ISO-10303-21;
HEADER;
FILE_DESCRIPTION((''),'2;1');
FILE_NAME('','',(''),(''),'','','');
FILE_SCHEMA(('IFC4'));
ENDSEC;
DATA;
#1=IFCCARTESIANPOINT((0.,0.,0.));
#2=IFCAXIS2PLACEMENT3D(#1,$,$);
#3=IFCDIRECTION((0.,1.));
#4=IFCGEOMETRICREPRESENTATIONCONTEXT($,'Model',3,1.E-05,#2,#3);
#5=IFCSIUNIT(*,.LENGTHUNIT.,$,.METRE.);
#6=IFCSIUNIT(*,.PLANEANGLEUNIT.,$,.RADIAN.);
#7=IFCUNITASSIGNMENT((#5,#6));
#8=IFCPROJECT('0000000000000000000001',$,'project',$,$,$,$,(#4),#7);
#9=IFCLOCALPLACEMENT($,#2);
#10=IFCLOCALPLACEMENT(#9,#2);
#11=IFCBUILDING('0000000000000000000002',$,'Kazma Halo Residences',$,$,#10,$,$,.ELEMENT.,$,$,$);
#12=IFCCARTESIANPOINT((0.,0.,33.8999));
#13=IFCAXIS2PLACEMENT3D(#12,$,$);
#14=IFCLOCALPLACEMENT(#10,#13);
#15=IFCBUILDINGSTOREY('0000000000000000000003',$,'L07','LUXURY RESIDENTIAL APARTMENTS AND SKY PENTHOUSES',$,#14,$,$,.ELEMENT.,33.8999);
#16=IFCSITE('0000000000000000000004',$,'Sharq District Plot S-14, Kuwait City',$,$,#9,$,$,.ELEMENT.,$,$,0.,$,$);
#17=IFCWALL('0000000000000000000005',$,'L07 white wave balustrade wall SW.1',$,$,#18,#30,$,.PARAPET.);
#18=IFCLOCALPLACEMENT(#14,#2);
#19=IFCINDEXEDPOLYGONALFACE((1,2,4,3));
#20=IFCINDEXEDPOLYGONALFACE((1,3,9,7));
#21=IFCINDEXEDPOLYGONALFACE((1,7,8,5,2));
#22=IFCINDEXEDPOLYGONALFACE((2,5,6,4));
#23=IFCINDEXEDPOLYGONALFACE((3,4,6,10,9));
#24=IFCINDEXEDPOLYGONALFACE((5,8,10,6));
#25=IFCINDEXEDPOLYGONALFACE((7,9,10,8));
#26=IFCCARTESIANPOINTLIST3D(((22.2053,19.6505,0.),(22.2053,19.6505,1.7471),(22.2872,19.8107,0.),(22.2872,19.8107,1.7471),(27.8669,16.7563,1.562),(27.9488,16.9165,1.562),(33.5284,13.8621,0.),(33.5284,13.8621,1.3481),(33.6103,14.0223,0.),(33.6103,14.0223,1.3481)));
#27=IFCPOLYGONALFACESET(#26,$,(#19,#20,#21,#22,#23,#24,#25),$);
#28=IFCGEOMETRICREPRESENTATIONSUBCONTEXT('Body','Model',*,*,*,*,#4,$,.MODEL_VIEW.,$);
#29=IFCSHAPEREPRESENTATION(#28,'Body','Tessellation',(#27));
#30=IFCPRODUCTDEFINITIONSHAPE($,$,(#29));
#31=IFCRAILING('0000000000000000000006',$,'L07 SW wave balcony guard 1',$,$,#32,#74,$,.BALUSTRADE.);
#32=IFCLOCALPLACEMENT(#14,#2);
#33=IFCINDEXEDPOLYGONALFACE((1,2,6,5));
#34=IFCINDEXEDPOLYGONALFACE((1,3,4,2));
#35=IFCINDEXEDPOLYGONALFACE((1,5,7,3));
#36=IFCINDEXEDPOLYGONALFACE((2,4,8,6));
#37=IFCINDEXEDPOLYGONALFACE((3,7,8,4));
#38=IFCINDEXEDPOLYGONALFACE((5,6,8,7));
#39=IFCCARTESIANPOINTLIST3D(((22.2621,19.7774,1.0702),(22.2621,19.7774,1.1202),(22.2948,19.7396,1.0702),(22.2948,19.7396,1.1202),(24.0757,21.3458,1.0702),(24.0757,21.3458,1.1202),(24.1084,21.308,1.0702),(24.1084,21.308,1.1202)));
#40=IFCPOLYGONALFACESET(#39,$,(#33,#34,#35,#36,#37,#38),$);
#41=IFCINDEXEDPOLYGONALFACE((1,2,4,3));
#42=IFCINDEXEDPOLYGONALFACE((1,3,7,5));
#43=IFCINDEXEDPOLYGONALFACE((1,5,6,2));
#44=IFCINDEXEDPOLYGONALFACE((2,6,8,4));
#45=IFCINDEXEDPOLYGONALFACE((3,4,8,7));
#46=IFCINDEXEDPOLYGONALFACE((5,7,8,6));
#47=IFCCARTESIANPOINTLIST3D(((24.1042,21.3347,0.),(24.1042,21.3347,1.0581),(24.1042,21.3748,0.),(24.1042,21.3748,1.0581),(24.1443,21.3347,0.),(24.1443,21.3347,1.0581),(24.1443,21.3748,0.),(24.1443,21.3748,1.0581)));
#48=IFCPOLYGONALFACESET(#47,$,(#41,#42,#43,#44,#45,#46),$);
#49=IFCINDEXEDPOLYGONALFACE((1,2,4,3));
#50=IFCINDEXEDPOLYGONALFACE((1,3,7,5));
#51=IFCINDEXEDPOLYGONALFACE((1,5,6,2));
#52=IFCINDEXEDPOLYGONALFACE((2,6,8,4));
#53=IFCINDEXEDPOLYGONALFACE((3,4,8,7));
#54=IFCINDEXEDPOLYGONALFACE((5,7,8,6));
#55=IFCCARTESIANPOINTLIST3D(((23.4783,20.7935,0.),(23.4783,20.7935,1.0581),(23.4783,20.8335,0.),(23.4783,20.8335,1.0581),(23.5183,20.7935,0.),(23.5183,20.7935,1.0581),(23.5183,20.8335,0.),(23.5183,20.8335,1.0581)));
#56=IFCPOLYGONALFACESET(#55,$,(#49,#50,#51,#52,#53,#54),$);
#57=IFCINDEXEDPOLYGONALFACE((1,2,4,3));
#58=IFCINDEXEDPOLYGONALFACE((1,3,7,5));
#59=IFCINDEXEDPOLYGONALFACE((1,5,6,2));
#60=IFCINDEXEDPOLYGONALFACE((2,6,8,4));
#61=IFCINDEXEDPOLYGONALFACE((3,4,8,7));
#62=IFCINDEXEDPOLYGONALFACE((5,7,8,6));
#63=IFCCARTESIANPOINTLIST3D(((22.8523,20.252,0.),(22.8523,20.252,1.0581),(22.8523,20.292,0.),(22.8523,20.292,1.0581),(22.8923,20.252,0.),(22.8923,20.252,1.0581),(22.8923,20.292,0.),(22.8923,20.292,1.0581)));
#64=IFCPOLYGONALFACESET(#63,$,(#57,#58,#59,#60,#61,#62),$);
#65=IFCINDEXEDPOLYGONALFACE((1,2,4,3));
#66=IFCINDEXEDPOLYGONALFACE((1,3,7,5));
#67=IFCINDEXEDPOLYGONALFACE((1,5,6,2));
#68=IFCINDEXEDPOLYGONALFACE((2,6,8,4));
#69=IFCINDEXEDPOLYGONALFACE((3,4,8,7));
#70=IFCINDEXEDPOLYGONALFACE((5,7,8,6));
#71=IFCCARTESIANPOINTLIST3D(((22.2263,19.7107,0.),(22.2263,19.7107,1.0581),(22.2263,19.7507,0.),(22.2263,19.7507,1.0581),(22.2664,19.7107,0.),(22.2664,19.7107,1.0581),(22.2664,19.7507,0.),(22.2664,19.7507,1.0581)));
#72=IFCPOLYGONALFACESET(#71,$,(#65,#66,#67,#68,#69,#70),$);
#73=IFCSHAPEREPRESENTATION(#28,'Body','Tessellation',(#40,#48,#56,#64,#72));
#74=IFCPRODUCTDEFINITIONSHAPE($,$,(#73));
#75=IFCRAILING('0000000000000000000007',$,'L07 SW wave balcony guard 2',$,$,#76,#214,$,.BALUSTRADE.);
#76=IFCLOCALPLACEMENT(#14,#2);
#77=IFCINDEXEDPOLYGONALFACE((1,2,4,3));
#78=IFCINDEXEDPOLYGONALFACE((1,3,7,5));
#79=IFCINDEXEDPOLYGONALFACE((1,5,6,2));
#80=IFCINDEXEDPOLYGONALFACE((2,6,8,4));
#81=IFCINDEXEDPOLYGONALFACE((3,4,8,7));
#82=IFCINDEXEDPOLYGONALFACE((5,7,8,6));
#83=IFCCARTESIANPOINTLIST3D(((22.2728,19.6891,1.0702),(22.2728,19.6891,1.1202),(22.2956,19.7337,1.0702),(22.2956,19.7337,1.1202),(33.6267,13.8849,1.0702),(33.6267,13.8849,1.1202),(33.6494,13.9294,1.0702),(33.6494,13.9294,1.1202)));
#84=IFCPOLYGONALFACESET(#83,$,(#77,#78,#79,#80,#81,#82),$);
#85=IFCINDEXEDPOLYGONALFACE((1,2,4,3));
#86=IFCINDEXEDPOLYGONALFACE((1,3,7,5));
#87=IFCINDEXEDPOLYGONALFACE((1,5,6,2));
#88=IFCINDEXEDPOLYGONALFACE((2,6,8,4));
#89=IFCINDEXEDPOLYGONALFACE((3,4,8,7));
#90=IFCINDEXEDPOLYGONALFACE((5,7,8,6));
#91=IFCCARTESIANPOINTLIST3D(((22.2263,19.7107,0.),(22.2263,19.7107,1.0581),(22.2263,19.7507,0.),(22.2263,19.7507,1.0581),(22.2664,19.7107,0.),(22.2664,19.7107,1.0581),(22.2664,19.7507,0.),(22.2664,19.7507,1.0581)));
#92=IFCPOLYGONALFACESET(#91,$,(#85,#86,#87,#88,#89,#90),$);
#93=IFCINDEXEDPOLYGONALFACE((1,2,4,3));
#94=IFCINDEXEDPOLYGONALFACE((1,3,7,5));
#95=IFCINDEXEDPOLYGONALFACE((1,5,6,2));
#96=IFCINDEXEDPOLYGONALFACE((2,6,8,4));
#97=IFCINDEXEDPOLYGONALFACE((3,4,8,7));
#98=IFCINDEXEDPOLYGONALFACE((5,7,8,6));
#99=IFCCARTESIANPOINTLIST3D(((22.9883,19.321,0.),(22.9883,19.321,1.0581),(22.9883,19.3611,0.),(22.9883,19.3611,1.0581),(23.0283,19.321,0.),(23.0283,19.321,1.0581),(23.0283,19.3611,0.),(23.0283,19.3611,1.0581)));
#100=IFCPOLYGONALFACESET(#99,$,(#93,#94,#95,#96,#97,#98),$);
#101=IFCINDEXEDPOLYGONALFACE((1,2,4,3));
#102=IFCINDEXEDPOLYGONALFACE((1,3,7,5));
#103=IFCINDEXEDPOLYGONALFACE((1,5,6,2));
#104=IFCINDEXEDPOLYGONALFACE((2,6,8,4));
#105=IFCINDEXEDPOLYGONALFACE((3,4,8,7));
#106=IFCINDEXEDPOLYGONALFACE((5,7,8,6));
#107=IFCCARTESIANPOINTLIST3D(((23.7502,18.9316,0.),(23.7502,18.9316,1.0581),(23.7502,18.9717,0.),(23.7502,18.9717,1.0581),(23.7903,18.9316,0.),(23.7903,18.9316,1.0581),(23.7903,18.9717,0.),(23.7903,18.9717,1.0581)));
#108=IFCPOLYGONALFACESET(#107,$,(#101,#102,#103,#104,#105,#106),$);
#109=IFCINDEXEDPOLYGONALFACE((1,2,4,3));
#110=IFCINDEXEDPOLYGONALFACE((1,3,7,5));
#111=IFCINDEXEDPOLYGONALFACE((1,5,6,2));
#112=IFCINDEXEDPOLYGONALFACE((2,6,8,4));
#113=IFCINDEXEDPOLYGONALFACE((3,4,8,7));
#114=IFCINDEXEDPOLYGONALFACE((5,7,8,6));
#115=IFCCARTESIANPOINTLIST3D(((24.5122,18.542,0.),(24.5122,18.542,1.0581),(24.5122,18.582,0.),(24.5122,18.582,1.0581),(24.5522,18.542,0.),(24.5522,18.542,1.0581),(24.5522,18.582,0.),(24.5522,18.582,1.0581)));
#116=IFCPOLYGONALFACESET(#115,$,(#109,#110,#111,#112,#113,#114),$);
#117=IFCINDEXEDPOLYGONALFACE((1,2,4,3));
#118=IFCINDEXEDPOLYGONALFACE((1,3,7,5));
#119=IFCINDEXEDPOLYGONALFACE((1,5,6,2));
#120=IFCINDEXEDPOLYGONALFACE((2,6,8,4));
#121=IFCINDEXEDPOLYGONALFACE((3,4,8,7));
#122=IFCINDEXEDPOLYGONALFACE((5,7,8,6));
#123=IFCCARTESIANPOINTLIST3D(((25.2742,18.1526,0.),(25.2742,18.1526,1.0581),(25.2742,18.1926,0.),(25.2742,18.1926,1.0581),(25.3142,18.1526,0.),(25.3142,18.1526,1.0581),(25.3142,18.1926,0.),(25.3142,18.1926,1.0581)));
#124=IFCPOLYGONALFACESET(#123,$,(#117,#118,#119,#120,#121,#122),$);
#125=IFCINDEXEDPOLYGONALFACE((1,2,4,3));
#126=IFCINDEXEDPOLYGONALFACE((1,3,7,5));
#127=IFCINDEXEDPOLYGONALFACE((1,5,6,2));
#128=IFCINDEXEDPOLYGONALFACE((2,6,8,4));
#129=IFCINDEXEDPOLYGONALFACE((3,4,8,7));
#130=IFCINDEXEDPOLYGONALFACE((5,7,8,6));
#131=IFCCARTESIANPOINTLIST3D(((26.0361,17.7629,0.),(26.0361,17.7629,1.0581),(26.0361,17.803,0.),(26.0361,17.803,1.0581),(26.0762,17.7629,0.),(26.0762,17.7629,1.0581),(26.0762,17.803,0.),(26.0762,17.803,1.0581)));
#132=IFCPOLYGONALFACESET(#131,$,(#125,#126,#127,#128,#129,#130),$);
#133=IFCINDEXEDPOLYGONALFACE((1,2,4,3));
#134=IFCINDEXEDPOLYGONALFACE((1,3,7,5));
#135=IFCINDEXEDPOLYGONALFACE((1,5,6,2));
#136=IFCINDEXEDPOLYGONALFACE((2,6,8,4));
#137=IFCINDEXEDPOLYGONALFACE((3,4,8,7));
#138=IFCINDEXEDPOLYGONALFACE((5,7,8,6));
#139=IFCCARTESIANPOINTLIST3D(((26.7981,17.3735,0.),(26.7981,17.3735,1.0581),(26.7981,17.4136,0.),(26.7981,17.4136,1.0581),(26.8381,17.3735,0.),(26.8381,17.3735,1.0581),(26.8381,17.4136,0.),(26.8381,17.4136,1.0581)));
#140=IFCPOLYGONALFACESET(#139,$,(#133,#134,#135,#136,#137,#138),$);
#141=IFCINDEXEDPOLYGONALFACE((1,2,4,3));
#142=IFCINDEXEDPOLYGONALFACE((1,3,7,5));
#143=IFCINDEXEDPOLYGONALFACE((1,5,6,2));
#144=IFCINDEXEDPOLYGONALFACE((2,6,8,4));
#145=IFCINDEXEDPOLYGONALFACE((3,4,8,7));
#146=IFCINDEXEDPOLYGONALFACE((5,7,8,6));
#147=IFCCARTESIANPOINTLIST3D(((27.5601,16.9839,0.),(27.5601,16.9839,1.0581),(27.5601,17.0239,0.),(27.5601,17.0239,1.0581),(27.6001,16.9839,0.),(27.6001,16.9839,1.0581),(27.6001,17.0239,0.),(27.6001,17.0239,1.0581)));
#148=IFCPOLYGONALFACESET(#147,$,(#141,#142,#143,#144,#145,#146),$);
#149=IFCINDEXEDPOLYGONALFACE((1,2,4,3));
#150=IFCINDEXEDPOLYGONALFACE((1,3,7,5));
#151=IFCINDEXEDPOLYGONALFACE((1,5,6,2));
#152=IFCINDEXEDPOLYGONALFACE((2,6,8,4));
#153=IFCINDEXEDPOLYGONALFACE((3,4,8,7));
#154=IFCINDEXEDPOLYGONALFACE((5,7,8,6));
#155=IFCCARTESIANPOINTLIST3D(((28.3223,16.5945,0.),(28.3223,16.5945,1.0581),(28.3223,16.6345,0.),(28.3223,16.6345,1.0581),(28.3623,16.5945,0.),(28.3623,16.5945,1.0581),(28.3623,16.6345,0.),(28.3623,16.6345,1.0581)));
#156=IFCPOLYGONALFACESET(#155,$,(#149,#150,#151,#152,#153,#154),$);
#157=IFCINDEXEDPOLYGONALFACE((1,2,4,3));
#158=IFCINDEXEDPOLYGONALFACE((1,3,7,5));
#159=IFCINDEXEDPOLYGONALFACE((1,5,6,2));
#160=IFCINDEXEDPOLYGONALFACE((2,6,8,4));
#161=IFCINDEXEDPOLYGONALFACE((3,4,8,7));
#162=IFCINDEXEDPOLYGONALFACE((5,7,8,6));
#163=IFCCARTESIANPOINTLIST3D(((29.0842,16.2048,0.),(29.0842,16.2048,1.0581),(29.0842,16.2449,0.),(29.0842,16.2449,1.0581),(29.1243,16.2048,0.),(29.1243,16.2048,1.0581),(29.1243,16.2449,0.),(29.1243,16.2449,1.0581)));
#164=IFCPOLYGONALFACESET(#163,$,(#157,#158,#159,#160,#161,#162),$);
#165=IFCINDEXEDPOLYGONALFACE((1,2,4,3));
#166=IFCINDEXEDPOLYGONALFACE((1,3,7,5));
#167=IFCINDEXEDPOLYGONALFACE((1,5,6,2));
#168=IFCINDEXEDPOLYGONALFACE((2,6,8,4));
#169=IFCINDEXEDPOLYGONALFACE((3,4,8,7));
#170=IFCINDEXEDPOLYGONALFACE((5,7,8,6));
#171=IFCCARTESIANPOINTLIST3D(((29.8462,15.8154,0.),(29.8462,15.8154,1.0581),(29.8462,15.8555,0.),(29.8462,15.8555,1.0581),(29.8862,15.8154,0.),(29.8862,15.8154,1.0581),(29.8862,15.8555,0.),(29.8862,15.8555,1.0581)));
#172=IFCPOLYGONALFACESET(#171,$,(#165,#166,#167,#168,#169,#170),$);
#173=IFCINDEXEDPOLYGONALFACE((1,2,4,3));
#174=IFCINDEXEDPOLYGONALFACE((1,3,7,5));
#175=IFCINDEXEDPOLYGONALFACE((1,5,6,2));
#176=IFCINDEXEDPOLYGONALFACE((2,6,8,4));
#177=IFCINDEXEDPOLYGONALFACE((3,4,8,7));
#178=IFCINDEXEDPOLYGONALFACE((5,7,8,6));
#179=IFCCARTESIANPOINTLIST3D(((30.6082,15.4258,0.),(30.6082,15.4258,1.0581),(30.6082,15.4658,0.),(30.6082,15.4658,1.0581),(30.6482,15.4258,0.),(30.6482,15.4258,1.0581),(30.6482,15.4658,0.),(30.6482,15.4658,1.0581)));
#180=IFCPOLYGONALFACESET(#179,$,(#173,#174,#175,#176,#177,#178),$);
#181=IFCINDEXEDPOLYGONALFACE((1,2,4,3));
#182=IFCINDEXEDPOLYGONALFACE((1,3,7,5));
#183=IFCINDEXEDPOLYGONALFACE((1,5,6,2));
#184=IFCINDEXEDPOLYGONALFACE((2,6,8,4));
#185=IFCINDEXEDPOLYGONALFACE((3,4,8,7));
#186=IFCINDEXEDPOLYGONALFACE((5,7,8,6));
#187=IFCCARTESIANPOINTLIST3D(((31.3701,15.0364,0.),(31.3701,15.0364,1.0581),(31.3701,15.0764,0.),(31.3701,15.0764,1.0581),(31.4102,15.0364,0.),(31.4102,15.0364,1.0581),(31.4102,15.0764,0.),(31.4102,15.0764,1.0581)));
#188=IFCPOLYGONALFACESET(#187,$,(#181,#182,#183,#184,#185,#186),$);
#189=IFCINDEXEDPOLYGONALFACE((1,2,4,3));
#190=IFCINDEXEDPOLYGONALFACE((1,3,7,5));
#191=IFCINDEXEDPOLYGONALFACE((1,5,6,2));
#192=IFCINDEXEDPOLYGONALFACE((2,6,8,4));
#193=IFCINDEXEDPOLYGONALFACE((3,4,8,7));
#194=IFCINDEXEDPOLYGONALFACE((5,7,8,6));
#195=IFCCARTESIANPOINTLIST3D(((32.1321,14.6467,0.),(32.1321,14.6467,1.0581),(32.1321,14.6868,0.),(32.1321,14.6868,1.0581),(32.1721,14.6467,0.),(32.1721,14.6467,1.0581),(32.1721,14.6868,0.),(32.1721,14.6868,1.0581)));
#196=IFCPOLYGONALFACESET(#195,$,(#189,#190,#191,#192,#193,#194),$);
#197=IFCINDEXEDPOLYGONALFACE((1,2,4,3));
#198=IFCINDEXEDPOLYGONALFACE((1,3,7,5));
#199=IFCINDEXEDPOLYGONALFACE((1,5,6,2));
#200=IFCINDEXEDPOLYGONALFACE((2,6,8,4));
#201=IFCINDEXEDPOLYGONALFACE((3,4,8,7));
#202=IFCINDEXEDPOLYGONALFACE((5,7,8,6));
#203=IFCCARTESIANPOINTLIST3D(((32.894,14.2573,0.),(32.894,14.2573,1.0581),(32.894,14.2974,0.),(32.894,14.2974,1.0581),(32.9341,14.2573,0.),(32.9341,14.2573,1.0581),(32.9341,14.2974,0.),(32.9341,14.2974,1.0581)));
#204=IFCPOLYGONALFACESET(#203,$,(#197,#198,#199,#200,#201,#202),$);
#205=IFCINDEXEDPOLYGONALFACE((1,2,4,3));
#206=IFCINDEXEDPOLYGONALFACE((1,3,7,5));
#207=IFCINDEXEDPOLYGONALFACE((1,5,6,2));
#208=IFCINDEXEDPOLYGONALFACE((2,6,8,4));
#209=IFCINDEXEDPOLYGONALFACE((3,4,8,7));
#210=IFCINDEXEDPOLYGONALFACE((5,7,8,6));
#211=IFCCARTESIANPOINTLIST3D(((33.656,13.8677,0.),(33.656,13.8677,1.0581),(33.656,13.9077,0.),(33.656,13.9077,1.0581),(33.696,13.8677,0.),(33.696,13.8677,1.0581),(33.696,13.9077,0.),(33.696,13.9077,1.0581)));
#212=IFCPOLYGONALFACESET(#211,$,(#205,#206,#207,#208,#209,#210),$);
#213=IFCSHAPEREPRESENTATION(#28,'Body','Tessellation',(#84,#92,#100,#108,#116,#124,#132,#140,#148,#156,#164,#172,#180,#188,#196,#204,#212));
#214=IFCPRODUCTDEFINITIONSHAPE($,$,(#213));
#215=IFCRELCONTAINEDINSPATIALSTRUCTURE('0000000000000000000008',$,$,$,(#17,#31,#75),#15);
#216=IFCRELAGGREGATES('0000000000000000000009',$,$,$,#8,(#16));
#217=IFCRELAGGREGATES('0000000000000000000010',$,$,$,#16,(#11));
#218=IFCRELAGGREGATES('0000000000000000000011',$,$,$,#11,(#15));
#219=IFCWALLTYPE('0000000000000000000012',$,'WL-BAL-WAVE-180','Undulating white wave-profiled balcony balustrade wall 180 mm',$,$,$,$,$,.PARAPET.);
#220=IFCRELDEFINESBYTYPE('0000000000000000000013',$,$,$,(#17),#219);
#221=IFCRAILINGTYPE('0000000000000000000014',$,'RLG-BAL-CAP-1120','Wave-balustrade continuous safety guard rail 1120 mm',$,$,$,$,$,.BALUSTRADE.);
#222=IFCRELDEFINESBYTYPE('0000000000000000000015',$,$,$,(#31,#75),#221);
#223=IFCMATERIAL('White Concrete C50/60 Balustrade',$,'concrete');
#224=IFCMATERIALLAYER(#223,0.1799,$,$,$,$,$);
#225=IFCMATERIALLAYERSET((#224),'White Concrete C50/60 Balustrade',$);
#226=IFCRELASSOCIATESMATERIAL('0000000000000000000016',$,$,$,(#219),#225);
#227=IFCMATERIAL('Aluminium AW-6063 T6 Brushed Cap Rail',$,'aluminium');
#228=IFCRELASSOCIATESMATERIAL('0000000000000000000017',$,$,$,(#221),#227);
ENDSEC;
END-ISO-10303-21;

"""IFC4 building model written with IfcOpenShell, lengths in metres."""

from ifc_helpers import new_model, si_unit, direction, frame, origin, origin_2d, place, context, subcontext, project, spatial, polyline, rectangle, outline, extrude, material, layer, layer_set, type_object, element, save


model = new_model("IFC4")

# Units and contexts
model_context = context("Model", 3, precision=1e-05, world=origin(), true_north=direction((0.0, 1.0)))
body_context = subcontext(model_context, "Body", "Model", "MODEL_VIEW")
ifc_project = project(units=[si_unit("LENGTHUNIT", "METRE"), si_unit("PLANEANGLEUNIT", "RADIAN")], contexts=[model_context])

# Site, building, storey
site_placement = place(None, origin())
site = spatial("IfcSite", under=ifc_project, at=site_placement, Name="Sharq District Plot S-14, Kuwait City", CompositionType="ELEMENT", RefElevation=0.0)
building_placement = place(site_placement, origin())
building = spatial("IfcBuilding", under=site, at=building_placement, Name="Kazma Halo Residences", CompositionType="ELEMENT")
storey_placement = place(building_placement, frame((0.0, 0.0, 33.8999)))
storey = spatial("IfcBuildingStorey", under=building, at=storey_placement, Name="L07", Description="LUXURY RESIDENTIAL APARTMENTS AND SKY PENTHOUSES", CompositionType="ELEMENT", Elevation=33.8999)

# Wall
ifc_material_1 = material(Name="White Concrete C50/60 Balustrade", Category="concrete")
ifc_layer_1 = layer(ifc_material_1, 0.1799)
ifc_layer_set_1 = layer_set([ifc_layer_1], Name="White Concrete C50/60 Balustrade")
wall_type_1 = type_object("IfcWallType", Name="WL-BAL-WAVE-180", Description="Undulating white wave-profiled balcony balustrade wall 180 mm", PredefinedType="PARAPET", material=ifc_layer_set_1)
wall_1_placement = place(storey_placement, frame((22.2463, 19.7307, 0.0), z_axis=(0.0, 0.0, 1.0), x_axis=(0.890402, -0.455175, 0.0)))
element("IfcWall", 1, at=wall_1_placement, inside=storey, type_object=wall_type_1, Name="L07 white wave balustrade wall SW.1", PredefinedType="PARAPET", context=body_context, shape_type="SweptSolid", body=[
    extrude(outline(polyline([(0.0, 0.0), (12.7168, 0.0), (12.7168, 1.3481), (6.3584, 1.562), (0.0, 1.7471), (0.0, 0.0)])), frame((0.0, 0.0898, 0.0), z_axis=(0.0, -1.0, 0.0), x_axis=(1.0, 0.0, 0.0)), (0.0, 0.0, 1.0), 0.1799),
])

# Railings
ifc_material_2 = material(Name="Aluminium AW-6063 T6 Brushed Cap Rail", Category="aluminium")
railing_type = type_object("IfcRailingType", Name="RLG-BAL-CAP-1120", Description="Wave-balustrade continuous safety guard rail 1120 mm", PredefinedType="BALUSTRADE", material=ifc_material_2)
railing_1_placement = place(storey_placement, frame((24.1243, 21.3547, 0.0)))
element("IfcRailing", 2, at=railing_1_placement, inside=storey, type_object=railing_type, Name="L07 SW wave balcony guard 1", PredefinedType="BALUSTRADE", context=body_context, shape_type="SweptSolid", body=[
    extrude(rectangle(XDim=0.05, YDim=0.05, at=origin_2d()), frame((-0.0322, -0.0278, 1.0952), z_axis=(-0.756389, -0.654122, 0.0), x_axis=(0.654122, -0.756389, 0.0)), (0.0, 0.0, 1.0), 2.3977),
    extrude(rectangle(XDim=0.04, YDim=0.04, at=origin_2d()), origin(), (0.0, 0.0, 1.0), 1.0581),
    extrude(rectangle(XDim=0.04, YDim=0.04, at=origin_2d()), frame((-0.626, -0.5413, 0.0)), (0.0, 0.0, 1.0), 1.0581),
    extrude(rectangle(XDim=0.04, YDim=0.04, at=origin_2d()), frame((-1.252, -1.0828, 0.0)), (0.0, 0.0, 1.0), 1.0581),
    extrude(rectangle(XDim=0.04, YDim=0.04, at=origin_2d()), frame((-1.8779, -1.624, 0.0)), (0.0, 0.0, 1.0), 1.0581),
])
railing_2_placement = place(storey_placement, frame((22.2463, 19.7307, 0.0)))
element("IfcRailing", 3, at=railing_2_placement, inside=storey, type_object=railing_type, Name="L07 SW wave balcony guard 2", PredefinedType="BALUSTRADE", context=body_context, shape_type="SweptSolid", body=[
    extrude(rectangle(XDim=0.05, YDim=0.05, at=origin_2d()), frame((0.0378, -0.0193, 1.0952), z_axis=(0.890398, -0.455184, 0.0), x_axis=(0.455184, 0.890398, 0.0)), (0.0, 0.0, 1.0), 12.7515),
    extrude(rectangle(XDim=0.04, YDim=0.04, at=origin_2d()), origin(), (0.0, 0.0, 1.0), 1.0581),
    extrude(rectangle(XDim=0.04, YDim=0.04, at=origin_2d()), frame((0.762, -0.3896, 0.0)), (0.0, 0.0, 1.0), 1.0581),
    extrude(rectangle(XDim=0.04, YDim=0.04, at=origin_2d()), frame((1.5239, -0.7791, 0.0)), (0.0, 0.0, 1.0), 1.0581),
    extrude(rectangle(XDim=0.04, YDim=0.04, at=origin_2d()), frame((2.2859, -1.1687, 0.0)), (0.0, 0.0, 1.0), 1.0581),
    extrude(rectangle(XDim=0.04, YDim=0.04, at=origin_2d()), frame((3.0479, -1.5581, 0.0)), (0.0, 0.0, 1.0), 1.0581),
    extrude(rectangle(XDim=0.04, YDim=0.04, at=origin_2d()), frame((3.8098, -1.9478, 0.0)), (0.0, 0.0, 1.0), 1.0581),
    extrude(rectangle(XDim=0.04, YDim=0.04, at=origin_2d()), frame((4.5718, -2.3372, 0.0)), (0.0, 0.0, 1.0), 1.0581),
    extrude(rectangle(XDim=0.04, YDim=0.04, at=origin_2d()), frame((5.3337, -2.7268, 0.0)), (0.0, 0.0, 1.0), 1.0581),
    extrude(rectangle(XDim=0.04, YDim=0.04, at=origin_2d()), frame((6.0959, -3.1162, 0.0)), (0.0, 0.0, 1.0), 1.0581),
    extrude(rectangle(XDim=0.04, YDim=0.04, at=origin_2d()), frame((6.8579, -3.5059, 0.0)), (0.0, 0.0, 1.0), 1.0581),
    extrude(rectangle(XDim=0.04, YDim=0.04, at=origin_2d()), frame((7.6199, -3.8953, 0.0)), (0.0, 0.0, 1.0), 1.0581),
    extrude(rectangle(XDim=0.04, YDim=0.04, at=origin_2d()), frame((8.3818, -4.2849, 0.0)), (0.0, 0.0, 1.0), 1.0581),
    extrude(rectangle(XDim=0.04, YDim=0.04, at=origin_2d()), frame((9.1438, -4.6743, 0.0)), (0.0, 0.0, 1.0), 1.0581),
    extrude(rectangle(XDim=0.04, YDim=0.04, at=origin_2d()), frame((9.9058, -5.064, 0.0)), (0.0, 0.0, 1.0), 1.0581),
    extrude(rectangle(XDim=0.04, YDim=0.04, at=origin_2d()), frame((10.6677, -5.4534, 0.0)), (0.0, 0.0, 1.0), 1.0581),
    extrude(rectangle(XDim=0.04, YDim=0.04, at=origin_2d()), frame((11.4297, -5.843, 0.0)), (0.0, 0.0, 1.0), 1.0581),
])

save(model, "model.ifc")
